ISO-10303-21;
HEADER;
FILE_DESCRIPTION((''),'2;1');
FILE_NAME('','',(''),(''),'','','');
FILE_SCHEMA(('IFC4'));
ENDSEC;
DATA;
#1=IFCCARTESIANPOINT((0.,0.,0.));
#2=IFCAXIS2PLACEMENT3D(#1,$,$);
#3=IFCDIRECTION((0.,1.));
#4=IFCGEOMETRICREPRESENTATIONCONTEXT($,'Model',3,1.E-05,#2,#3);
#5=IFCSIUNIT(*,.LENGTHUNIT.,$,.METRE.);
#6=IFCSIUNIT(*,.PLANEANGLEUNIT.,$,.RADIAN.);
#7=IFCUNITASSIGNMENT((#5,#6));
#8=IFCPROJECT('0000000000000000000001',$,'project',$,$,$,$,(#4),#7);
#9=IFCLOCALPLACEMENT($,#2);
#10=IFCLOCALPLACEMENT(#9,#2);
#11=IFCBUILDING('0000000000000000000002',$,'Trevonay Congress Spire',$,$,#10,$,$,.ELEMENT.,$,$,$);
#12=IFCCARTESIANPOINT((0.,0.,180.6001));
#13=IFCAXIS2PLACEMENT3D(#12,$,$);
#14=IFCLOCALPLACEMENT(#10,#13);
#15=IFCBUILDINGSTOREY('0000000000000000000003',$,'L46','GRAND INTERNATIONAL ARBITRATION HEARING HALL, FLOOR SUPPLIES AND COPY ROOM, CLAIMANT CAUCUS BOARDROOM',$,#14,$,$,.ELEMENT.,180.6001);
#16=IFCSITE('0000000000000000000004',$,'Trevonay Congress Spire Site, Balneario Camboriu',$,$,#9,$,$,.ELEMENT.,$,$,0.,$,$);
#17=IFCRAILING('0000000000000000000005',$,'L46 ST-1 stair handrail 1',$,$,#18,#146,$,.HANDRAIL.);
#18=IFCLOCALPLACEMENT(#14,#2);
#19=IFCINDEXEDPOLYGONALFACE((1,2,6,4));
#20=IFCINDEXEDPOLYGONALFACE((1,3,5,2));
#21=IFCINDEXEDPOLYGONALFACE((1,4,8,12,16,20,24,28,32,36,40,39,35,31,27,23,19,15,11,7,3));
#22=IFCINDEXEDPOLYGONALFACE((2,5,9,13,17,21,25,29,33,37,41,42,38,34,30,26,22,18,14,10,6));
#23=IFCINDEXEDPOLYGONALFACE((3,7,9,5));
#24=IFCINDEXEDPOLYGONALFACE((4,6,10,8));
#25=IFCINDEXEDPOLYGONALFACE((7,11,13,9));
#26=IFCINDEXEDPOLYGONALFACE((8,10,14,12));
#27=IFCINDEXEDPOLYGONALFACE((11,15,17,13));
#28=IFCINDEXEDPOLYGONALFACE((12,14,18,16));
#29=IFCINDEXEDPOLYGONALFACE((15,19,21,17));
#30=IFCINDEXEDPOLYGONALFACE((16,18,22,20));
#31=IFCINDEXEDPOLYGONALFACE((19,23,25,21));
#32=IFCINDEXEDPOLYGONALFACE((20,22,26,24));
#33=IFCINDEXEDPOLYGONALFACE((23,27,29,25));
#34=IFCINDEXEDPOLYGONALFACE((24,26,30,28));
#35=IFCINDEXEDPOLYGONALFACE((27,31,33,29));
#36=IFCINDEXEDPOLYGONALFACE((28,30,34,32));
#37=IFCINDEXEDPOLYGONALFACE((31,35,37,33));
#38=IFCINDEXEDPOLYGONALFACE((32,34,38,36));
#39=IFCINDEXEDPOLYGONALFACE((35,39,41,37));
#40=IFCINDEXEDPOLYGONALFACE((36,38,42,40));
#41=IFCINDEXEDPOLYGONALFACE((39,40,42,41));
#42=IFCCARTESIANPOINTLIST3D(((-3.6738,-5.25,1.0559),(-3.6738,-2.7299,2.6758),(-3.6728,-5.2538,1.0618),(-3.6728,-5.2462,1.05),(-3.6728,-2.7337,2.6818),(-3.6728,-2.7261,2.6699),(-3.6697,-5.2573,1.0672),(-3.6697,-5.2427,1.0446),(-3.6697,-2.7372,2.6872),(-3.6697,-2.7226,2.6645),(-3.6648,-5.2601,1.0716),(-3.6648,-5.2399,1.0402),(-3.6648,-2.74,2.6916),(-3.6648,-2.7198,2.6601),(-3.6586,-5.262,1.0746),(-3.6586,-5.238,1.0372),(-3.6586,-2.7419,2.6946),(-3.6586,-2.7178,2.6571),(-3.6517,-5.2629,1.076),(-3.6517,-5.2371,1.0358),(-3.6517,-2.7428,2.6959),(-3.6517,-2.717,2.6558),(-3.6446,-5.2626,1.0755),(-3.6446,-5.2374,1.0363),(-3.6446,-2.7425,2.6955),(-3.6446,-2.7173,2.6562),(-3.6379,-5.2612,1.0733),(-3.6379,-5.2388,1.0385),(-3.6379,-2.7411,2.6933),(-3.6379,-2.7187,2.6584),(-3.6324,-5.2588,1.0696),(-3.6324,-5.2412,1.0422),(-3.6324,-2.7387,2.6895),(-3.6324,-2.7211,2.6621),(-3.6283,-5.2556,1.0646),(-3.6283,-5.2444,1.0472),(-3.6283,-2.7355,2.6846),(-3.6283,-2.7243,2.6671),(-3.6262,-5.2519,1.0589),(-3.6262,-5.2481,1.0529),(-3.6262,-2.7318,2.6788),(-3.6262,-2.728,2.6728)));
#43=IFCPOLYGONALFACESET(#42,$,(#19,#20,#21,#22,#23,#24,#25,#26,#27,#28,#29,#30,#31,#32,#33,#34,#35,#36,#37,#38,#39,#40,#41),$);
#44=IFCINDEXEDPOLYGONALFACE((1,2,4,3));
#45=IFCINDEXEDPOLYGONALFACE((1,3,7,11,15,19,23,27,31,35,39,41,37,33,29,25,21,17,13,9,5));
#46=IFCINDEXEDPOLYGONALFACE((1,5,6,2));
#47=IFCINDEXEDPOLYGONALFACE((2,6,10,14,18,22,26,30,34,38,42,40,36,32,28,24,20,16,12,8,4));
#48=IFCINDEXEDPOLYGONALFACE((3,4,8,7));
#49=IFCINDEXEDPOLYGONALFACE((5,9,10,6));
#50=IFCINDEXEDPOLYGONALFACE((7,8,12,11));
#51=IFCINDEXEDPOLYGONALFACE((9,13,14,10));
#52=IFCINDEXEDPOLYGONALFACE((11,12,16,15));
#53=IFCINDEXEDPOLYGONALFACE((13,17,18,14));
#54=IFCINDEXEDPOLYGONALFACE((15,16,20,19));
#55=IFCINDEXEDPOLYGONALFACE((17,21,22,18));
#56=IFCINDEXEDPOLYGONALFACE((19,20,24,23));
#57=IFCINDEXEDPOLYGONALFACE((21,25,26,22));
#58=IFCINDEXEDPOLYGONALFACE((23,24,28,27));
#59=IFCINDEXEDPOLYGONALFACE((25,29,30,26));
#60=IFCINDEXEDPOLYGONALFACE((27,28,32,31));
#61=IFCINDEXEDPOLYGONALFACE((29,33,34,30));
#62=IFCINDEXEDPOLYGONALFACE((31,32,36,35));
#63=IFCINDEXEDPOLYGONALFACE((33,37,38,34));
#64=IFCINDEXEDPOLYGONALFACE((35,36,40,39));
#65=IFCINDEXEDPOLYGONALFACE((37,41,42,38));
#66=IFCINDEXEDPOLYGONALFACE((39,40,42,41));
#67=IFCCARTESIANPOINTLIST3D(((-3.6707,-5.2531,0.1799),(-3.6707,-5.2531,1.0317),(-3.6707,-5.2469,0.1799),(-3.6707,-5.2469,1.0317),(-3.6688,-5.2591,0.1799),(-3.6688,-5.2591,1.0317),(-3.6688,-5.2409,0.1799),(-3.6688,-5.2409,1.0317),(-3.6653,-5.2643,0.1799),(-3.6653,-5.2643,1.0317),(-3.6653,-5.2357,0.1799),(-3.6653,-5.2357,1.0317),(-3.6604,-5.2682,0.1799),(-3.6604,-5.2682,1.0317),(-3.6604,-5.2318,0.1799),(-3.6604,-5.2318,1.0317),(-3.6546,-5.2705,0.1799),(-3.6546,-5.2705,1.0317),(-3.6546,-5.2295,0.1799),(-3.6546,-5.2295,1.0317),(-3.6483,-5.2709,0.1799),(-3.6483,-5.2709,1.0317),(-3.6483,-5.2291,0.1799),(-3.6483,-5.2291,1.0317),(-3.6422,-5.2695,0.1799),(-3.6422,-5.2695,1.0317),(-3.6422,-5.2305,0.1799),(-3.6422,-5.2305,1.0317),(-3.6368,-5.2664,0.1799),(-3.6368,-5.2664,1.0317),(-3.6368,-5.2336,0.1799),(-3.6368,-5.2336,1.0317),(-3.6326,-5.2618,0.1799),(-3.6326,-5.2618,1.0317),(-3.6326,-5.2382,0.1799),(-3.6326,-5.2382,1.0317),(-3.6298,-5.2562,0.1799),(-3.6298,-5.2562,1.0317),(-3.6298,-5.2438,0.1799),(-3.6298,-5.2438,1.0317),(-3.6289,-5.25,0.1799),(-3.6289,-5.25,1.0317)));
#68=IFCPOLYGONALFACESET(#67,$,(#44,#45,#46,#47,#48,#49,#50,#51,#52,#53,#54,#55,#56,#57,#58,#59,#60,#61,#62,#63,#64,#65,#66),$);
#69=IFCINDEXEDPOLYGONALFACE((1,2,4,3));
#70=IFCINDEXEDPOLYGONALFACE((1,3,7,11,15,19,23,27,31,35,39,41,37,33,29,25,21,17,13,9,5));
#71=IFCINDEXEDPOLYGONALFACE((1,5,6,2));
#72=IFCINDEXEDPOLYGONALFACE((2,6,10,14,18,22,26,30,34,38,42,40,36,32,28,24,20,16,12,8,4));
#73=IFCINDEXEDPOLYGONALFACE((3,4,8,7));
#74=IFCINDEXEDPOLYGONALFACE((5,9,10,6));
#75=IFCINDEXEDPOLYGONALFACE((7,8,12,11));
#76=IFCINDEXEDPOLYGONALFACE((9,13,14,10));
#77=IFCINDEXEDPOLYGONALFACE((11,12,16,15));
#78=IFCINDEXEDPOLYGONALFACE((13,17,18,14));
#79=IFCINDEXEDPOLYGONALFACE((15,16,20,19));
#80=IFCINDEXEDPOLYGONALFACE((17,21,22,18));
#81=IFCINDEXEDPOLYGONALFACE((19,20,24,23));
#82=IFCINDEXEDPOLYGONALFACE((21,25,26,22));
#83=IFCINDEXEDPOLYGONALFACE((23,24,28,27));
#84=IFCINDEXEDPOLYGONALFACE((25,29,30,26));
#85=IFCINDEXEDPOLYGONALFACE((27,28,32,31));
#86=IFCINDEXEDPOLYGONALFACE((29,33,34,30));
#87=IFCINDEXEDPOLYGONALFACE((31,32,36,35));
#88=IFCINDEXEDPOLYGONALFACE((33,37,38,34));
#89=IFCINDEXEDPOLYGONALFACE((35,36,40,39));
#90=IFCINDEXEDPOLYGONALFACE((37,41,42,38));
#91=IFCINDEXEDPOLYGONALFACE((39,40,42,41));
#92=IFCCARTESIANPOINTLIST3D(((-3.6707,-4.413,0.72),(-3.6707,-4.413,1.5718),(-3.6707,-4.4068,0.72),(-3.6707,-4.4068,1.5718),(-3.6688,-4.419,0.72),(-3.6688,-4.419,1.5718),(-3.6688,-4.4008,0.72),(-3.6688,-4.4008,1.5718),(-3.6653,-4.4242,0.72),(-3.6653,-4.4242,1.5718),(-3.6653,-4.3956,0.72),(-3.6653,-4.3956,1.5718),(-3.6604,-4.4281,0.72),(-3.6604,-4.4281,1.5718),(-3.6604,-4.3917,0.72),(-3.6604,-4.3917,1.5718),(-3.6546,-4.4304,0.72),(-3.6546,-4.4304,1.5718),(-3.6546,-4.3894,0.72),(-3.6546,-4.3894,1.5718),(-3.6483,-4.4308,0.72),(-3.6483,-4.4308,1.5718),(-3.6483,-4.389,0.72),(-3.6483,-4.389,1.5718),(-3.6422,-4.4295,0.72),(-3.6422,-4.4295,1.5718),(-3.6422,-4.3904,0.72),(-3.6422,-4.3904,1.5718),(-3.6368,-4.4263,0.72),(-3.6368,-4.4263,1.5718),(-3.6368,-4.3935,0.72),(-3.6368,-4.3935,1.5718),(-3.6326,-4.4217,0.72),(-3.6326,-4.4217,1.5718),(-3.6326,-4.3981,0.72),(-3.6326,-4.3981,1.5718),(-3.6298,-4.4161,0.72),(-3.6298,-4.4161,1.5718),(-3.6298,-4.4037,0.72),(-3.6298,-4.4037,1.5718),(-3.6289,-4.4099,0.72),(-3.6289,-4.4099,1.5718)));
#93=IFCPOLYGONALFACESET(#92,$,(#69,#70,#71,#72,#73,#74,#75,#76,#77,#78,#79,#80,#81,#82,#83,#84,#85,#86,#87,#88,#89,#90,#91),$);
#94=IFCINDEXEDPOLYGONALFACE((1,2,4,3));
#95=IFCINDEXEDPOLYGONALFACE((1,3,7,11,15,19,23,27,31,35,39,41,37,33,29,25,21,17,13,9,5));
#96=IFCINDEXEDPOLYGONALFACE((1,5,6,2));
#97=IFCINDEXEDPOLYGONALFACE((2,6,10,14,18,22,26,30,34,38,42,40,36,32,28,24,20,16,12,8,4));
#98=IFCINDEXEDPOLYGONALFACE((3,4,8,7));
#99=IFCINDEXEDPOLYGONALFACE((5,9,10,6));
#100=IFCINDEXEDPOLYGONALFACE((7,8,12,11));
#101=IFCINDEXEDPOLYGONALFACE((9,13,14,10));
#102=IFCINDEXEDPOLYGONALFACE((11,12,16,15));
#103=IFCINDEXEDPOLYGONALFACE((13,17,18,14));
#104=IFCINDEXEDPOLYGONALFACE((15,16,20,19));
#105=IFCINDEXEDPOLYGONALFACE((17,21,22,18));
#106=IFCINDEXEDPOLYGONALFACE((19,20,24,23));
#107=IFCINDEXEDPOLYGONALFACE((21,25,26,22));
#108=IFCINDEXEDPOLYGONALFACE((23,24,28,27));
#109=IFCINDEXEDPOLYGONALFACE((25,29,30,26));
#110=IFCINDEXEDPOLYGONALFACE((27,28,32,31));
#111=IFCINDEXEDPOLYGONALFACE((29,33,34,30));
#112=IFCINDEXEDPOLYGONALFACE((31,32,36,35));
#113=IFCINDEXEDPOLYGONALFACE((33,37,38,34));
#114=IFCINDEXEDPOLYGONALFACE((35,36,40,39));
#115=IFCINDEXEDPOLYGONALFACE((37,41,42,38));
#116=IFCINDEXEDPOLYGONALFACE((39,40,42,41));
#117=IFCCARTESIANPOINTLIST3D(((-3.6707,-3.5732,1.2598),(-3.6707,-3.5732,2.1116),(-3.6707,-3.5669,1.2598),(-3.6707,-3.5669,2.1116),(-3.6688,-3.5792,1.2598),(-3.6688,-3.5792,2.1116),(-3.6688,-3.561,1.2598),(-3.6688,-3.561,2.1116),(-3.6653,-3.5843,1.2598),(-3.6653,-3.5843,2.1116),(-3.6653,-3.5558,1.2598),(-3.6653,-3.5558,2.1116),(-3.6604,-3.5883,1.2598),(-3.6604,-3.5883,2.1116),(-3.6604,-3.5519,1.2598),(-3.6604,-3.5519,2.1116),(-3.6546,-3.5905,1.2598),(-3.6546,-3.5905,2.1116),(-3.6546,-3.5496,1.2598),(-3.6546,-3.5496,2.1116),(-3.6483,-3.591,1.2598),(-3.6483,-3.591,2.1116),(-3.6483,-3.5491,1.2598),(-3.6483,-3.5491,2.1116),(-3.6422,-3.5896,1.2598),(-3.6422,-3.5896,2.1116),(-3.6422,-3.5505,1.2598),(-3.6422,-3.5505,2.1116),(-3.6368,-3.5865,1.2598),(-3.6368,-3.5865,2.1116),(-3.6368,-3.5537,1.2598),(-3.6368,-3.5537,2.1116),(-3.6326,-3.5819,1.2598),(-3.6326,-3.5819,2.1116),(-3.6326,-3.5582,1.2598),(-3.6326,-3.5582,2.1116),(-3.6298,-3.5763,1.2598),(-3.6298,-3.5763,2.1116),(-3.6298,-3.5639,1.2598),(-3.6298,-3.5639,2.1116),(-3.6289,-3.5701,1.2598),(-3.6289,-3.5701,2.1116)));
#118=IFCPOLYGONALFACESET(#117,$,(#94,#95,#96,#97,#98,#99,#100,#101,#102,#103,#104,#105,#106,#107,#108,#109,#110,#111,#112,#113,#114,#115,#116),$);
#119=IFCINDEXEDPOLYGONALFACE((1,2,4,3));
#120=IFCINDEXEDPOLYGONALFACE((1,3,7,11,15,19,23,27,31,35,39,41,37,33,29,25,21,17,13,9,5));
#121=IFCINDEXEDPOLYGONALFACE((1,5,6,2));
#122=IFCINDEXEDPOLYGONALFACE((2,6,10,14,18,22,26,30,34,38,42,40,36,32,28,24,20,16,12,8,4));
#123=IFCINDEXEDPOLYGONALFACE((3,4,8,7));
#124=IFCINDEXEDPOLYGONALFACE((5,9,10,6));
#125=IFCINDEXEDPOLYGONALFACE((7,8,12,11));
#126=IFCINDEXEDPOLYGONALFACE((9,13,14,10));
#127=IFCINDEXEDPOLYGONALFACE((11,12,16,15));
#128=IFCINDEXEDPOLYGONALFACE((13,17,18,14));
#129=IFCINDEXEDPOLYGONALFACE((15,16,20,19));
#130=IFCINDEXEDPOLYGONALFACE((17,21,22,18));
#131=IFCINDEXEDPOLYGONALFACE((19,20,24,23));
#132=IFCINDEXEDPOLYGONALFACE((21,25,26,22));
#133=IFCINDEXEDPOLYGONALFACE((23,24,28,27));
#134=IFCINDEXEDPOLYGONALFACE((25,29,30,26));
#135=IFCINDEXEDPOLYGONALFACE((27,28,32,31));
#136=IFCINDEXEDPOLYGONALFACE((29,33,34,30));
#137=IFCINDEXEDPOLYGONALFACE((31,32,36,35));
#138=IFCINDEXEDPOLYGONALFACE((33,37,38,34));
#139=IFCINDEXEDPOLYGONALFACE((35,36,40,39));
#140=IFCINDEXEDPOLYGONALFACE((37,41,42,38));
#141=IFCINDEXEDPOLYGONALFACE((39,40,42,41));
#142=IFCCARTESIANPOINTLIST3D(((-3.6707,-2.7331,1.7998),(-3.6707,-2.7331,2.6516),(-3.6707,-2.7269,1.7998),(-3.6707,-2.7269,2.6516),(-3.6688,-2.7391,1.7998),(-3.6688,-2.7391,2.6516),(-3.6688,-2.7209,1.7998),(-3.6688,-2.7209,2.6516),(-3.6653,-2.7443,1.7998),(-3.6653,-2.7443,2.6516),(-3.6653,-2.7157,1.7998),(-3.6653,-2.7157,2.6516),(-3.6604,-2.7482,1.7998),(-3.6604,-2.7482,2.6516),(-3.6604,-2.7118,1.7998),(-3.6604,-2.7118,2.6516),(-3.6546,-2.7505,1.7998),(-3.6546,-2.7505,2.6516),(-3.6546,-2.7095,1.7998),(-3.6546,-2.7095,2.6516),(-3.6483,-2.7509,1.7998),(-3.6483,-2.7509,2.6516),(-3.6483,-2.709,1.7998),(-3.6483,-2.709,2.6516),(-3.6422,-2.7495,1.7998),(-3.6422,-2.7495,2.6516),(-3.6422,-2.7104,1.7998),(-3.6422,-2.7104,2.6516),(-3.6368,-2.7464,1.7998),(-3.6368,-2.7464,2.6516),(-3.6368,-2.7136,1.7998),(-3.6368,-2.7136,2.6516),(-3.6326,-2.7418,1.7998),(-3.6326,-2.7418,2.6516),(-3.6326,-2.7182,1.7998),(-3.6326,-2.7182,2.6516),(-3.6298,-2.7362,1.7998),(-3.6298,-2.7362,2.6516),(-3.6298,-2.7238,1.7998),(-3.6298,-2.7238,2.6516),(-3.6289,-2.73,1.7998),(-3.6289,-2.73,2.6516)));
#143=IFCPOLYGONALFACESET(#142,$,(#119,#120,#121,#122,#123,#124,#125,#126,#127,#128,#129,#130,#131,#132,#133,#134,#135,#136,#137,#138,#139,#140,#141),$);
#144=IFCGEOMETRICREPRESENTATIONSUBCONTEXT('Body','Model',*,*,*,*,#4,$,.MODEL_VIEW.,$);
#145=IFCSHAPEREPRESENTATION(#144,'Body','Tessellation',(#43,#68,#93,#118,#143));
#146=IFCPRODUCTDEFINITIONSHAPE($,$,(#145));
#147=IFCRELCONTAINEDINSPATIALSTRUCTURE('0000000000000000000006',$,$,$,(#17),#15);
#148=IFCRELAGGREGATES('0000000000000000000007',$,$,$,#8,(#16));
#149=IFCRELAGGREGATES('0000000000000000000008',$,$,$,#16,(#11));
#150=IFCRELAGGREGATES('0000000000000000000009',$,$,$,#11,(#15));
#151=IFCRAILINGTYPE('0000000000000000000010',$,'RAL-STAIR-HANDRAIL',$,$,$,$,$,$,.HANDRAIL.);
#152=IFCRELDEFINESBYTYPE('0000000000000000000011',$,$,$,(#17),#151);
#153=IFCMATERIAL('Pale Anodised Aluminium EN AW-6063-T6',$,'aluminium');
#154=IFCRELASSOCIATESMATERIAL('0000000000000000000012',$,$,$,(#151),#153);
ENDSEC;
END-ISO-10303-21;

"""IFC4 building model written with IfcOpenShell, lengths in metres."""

from ifc_helpers import new_model, si_unit, direction, frame, origin, origin_2d, place, context, subcontext, project, spatial, circle, extrude, material, type_object, element, save


model = new_model("IFC4")

# Units and contexts
model_context = context("Model", 3, precision=1e-05, world=origin(), true_north=direction((0.0, 1.0)))
body_context = subcontext(model_context, "Body", "Model", "MODEL_VIEW")
ifc_project = project(units=[si_unit("LENGTHUNIT", "METRE"), si_unit("PLANEANGLEUNIT", "RADIAN")], contexts=[model_context])

# Site, building, storey
site_placement = place(None, origin())
site = spatial("IfcSite", under=ifc_project, at=site_placement, Name="Trevonay Congress Spire Site, Balneario Camboriu", CompositionType="ELEMENT", RefElevation=0.0)
building_placement = place(site_placement, origin())
building = spatial("IfcBuilding", under=site, at=building_placement, Name="Trevonay Congress Spire", CompositionType="ELEMENT")
storey_placement = place(building_placement, frame((0.0, 0.0, 180.6001)))
storey = spatial("IfcBuildingStorey", under=building, at=storey_placement, Name="L46", Description="GRAND INTERNATIONAL ARBITRATION HEARING HALL, FLOOR SUPPLIES AND COPY ROOM, CLAIMANT CAUCUS BOARDROOM", CompositionType="ELEMENT", Elevation=180.6001)

# Railing
ifc_material_1 = material(Name="Pale Anodised Aluminium EN AW-6063-T6", Category="aluminium")
railing_type_1 = type_object("IfcRailingType", Name="RAL-STAIR-HANDRAIL", PredefinedType="HANDRAIL", material=ifc_material_1)
railing_1_placement = place(storey_placement, frame((-3.6499, -5.25, 0.1799)))
element("IfcRailing", 1, at=railing_1_placement, inside=storey, type_object=railing_type_1, Name="L46 ST-1 stair handrail 1", PredefinedType="HANDRAIL", context=body_context, shape_type="SweptSolid", body=[
    extrude(circle(Radius=0.0239, at=origin_2d()), frame((0.0, 0.0, 0.876), z_axis=(0.0, 0.8412, 0.540725), x_axis=(-1.0, 0.0, 0.0)), (0.0, 0.0, 1.0), 2.9958),
    extrude(circle(Radius=0.021, at=origin_2d()), origin(), (0.0, 0.0, 1.0), 0.8518),
    extrude(circle(Radius=0.021, at=origin_2d()), frame((0.0, 0.8401, 0.54)), (0.0, 0.0, 1.0), 0.8518),
    extrude(circle(Radius=0.021, at=origin_2d()), frame((0.0, 1.6799, 1.0798)), (0.0, 0.0, 1.0), 0.8518),
    extrude(circle(Radius=0.021, at=origin_2d()), frame((0.0, 2.52, 1.6199)), (0.0, 0.0, 1.0), 0.8518),
])

save(model, "model.ifc")
